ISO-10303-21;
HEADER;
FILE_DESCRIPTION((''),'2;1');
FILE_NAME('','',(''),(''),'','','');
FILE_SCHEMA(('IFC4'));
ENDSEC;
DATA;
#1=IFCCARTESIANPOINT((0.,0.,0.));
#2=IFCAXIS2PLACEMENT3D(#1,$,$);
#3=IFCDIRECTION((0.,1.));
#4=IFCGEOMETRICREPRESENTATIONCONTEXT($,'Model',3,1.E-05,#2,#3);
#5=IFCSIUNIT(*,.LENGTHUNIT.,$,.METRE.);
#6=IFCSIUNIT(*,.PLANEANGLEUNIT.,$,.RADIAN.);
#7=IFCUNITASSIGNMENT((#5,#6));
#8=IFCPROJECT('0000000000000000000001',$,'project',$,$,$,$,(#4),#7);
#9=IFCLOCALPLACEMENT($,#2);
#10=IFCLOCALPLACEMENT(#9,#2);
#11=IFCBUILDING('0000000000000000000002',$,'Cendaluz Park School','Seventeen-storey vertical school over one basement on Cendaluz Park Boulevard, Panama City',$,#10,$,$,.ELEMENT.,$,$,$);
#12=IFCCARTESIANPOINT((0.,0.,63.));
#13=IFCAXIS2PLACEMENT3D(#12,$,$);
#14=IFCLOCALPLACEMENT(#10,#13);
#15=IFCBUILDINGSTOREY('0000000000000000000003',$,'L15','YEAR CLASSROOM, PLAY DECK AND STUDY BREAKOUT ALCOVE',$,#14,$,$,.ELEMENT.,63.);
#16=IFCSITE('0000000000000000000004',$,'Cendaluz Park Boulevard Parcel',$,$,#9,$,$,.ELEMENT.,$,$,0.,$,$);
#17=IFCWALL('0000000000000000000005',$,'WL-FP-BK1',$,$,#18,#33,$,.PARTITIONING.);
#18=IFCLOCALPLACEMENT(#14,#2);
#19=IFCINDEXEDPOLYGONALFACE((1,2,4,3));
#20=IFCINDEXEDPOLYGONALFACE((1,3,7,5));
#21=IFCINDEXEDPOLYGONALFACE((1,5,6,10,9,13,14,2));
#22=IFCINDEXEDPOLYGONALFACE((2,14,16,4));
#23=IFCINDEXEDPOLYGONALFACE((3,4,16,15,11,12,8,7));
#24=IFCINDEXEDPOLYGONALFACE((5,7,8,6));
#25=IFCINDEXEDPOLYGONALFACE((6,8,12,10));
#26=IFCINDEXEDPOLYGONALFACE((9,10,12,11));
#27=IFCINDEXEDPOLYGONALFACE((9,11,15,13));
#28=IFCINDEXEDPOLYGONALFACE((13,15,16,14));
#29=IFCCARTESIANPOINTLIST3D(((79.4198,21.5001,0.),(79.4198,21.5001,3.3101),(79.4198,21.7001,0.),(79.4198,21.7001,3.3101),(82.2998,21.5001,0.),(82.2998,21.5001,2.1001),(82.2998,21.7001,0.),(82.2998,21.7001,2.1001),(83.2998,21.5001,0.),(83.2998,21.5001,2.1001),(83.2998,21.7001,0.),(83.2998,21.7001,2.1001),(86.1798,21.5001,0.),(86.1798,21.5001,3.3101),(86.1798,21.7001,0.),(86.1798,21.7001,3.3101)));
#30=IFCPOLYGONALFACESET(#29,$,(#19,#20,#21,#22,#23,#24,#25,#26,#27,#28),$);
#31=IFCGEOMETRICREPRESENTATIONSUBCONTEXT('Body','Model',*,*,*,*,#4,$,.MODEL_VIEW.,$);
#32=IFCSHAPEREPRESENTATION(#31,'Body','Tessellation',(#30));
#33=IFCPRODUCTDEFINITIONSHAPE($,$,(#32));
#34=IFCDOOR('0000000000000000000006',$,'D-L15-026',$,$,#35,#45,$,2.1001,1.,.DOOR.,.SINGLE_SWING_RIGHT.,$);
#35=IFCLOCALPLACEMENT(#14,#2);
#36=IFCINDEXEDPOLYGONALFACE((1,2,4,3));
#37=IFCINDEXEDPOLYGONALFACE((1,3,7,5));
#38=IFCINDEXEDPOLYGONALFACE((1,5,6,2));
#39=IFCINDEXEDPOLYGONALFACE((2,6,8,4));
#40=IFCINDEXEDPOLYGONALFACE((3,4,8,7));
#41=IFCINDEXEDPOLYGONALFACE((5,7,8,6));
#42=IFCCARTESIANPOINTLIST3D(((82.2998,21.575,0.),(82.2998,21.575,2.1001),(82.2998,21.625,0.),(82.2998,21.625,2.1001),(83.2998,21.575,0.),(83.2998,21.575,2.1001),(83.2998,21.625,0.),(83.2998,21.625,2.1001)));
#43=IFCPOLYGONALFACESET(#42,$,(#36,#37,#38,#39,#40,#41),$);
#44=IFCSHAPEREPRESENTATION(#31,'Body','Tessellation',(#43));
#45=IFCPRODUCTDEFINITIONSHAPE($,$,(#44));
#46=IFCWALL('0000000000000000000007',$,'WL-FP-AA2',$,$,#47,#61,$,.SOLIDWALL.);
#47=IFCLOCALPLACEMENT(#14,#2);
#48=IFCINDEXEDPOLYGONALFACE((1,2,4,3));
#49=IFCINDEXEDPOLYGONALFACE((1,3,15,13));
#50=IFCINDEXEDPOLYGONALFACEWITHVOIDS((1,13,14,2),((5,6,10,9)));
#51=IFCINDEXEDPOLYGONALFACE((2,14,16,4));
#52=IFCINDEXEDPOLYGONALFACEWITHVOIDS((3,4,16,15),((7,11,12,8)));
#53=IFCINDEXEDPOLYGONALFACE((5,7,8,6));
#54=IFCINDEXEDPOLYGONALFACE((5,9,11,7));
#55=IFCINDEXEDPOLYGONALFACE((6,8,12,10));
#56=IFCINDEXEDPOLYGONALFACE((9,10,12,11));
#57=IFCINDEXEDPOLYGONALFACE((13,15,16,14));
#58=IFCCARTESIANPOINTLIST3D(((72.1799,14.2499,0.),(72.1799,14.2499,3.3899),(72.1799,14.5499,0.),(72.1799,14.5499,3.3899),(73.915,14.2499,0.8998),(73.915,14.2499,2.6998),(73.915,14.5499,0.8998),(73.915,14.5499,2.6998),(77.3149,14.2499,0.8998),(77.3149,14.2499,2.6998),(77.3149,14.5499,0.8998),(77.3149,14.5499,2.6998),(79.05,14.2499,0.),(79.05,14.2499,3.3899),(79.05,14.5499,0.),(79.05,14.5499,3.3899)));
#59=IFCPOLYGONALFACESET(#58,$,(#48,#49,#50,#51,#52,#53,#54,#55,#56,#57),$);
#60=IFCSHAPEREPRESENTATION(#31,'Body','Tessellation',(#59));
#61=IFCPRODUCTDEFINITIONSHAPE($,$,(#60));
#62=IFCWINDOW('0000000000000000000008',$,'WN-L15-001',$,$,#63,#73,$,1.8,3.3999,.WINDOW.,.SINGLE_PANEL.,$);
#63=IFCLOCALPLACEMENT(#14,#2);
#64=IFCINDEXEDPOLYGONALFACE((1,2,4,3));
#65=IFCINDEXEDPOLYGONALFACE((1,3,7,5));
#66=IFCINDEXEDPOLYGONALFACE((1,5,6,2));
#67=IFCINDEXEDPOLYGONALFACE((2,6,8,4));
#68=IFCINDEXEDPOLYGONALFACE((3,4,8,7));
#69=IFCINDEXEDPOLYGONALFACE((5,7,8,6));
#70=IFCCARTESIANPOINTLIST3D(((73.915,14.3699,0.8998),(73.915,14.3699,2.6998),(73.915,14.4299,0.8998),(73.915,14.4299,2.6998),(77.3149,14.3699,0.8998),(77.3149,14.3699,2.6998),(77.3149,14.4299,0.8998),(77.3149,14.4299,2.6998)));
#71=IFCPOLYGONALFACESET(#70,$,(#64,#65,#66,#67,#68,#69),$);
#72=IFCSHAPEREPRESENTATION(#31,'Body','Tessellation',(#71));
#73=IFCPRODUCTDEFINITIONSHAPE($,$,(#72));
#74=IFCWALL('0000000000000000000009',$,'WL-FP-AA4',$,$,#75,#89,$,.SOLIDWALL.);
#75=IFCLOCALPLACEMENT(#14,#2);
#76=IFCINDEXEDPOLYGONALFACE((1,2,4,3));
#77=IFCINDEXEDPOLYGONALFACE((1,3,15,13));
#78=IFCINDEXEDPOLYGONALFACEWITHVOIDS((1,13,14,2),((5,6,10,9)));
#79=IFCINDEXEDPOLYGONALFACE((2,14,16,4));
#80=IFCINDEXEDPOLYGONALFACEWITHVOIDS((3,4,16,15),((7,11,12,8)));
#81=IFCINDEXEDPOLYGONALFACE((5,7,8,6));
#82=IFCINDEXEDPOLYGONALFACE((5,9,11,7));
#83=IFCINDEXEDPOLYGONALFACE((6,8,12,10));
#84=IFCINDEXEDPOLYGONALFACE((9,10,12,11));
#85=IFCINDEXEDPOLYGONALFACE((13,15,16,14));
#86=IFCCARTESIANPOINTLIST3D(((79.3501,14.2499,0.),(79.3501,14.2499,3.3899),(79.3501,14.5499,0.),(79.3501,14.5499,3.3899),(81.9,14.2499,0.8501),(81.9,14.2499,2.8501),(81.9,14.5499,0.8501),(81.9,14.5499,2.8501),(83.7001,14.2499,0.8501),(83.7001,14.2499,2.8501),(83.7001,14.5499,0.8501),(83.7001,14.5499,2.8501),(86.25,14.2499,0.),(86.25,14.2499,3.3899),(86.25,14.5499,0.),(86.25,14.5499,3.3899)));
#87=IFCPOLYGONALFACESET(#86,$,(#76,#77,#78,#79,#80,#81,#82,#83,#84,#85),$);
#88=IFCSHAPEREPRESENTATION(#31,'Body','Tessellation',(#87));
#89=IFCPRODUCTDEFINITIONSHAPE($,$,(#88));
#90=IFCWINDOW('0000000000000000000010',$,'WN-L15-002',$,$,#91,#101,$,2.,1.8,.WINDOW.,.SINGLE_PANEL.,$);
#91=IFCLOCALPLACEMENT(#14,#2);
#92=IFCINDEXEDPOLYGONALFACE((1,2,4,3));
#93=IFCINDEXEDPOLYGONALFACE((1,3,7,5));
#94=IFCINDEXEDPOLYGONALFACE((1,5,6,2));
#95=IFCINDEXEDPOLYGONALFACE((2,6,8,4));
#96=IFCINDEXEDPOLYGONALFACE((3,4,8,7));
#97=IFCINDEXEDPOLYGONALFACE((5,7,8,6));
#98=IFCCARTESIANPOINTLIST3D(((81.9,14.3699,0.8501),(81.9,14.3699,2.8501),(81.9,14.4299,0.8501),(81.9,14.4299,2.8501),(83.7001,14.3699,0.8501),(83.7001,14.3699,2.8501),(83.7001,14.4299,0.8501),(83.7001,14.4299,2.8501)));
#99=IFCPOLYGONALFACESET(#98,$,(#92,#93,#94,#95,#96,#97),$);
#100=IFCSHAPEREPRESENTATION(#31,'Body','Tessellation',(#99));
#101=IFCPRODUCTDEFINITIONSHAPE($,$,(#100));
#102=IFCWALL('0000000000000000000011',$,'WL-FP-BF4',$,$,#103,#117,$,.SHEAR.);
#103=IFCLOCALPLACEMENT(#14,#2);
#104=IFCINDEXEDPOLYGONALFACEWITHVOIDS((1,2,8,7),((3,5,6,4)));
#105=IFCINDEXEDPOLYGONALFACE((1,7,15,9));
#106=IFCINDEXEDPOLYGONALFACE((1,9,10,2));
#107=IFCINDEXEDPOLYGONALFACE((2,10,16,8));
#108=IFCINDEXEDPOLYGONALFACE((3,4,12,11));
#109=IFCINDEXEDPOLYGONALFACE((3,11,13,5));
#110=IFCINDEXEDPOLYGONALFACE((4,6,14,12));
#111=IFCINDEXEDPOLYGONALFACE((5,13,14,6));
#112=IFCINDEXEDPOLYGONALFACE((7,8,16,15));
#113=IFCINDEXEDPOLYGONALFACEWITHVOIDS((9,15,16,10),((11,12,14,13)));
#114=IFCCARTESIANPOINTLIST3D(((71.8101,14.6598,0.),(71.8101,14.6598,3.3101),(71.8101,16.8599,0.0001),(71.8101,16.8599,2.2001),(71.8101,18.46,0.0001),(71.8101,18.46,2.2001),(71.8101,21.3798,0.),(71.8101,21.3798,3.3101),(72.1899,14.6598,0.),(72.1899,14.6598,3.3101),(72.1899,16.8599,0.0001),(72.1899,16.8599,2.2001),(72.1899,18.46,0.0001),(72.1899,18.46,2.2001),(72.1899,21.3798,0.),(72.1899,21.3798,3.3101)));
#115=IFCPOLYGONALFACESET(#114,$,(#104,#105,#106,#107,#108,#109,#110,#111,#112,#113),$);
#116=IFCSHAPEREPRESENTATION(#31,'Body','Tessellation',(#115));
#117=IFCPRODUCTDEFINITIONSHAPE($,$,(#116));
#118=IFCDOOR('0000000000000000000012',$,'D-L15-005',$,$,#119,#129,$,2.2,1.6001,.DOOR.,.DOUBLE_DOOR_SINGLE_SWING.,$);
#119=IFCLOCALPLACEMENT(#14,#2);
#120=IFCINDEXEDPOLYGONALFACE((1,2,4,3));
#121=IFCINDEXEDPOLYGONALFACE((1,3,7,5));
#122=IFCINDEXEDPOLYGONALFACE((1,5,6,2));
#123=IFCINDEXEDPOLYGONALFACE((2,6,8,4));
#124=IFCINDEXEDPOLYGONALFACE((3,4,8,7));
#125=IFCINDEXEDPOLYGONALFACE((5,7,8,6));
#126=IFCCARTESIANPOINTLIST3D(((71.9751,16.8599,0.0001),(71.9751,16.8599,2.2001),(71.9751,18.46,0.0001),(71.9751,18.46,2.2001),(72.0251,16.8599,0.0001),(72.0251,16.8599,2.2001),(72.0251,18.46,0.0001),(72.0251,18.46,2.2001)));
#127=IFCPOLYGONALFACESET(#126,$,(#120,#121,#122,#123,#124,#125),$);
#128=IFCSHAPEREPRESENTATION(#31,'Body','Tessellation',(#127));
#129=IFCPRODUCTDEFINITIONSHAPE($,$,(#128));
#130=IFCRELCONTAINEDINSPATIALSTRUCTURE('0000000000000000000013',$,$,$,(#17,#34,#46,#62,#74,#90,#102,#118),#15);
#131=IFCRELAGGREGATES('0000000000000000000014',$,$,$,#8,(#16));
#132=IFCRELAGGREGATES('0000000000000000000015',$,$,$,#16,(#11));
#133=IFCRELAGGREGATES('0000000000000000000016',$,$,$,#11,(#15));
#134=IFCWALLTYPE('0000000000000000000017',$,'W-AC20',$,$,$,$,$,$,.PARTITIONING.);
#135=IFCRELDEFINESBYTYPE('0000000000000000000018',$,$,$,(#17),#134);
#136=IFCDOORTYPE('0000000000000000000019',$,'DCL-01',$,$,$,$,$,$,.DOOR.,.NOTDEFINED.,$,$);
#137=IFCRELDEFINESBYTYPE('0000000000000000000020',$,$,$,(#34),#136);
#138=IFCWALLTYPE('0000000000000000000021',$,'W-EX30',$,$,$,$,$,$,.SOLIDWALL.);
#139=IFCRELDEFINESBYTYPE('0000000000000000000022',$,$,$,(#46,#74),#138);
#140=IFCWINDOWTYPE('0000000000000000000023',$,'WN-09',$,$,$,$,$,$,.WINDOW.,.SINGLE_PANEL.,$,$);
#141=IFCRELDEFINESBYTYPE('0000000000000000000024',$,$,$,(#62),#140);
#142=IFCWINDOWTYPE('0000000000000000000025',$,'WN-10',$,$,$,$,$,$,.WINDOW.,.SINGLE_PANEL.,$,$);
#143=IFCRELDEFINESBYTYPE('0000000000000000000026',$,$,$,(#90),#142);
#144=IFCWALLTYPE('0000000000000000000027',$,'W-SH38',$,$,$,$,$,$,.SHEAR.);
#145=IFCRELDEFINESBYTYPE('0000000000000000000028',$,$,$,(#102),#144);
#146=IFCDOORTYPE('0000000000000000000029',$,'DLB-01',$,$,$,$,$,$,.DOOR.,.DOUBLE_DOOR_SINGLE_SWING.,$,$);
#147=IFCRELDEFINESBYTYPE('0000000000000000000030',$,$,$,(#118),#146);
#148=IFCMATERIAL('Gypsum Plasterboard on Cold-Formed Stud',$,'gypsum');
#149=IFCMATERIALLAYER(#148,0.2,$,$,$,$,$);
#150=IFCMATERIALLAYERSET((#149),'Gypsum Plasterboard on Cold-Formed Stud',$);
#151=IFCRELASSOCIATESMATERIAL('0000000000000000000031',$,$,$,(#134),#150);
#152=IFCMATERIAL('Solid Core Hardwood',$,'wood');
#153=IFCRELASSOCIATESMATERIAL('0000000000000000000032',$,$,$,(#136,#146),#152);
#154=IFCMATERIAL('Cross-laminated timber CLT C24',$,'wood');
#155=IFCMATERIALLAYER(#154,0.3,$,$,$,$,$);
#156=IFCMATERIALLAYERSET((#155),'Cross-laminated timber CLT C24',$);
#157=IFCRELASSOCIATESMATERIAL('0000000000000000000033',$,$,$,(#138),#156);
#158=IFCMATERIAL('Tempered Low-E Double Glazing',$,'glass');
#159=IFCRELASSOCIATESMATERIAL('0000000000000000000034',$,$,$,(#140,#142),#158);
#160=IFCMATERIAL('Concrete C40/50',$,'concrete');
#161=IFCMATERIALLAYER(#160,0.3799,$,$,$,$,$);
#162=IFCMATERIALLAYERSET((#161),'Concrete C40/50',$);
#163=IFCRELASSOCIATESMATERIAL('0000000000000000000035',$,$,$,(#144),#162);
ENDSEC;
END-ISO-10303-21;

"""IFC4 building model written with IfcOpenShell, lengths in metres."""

from ifc_helpers import new_model, si_unit, direction, frame, frame_2d, origin, place, context, subcontext, project, spatial, rectangle, extrude, material, layer, layer_set, type_object, element, fill, save


model = new_model("IFC4")

# Units and contexts
model_context = context("Model", 3, precision=1e-05, world=origin(), true_north=direction((0.0, 1.0)))
body_context = subcontext(model_context, "Body", "Model", "MODEL_VIEW")
ifc_project = project(units=[si_unit("LENGTHUNIT", "METRE"), si_unit("PLANEANGLEUNIT", "RADIAN")], contexts=[model_context])

# Site, building, storey
site_placement = place(None, origin())
site = spatial("IfcSite", under=ifc_project, at=site_placement, Name="Cendaluz Park Boulevard Parcel", CompositionType="ELEMENT", RefElevation=0.0)
building_placement = place(site_placement, origin())
building = spatial("IfcBuilding", under=site, at=building_placement, Name="Cendaluz Park School", Description="Seventeen-storey vertical school over one basement on Cendaluz Park Boulevard, Panama City", CompositionType="ELEMENT")
storey_placement = place(building_placement, frame((0.0, 0.0, 63.0)))
storey = spatial("IfcBuildingStorey", under=building, at=storey_placement, Name="L15", Description="YEAR CLASSROOM, PLAY DECK AND STUDY BREAKOUT ALCOVE", CompositionType="ELEMENT", Elevation=63.0)

# Wall, opening, door
ifc_material_1 = material(Name="Gypsum Plasterboard on Cold-Formed Stud", Category="gypsum")
ifc_layer_1 = layer(ifc_material_1, 0.2)
ifc_layer_set_1 = layer_set([ifc_layer_1], Name="Gypsum Plasterboard on Cold-Formed Stud")
wall_type_1 = type_object("IfcWallType", Name="W-AC20", PredefinedType="PARTITIONING", material=ifc_layer_set_1)
wall_1_placement = place(storey_placement, frame((79.4199, 21.6001, 0.0), z_axis=(0.0, 0.0, 1.0), x_axis=(1.0, 0.0, 0.0)))
wall_1 = element("IfcWall", 1, at=wall_1_placement, inside=storey, type_object=wall_type_1, Name="WL-FP-BK1", PredefinedType="PARTITIONING", context=body_context, shape_type="SweptSolid", body=[
    extrude(rectangle(XDim=6.76, YDim=0.2, at=frame_2d((3.3799, 0.0))), origin(), (0.0, 0.0, 1.0), 3.3101),
])
opening_1_placement = place(wall_1_placement, frame((2.8799, 0.0, 0.0)))
opening_1 = element("IfcOpeningElement", 2, at=opening_1_placement, cuts=wall_1, PredefinedType="OPENING", context=body_context, shape_type="SweptSolid", body=[
    extrude(rectangle(XDim=1.0, YDim=2.1001, at=frame_2d((0.5, 1.05))), frame((0.0, 0.1121, 0.0), z_axis=(0.0, -1.0, 0.0), x_axis=(1.0, 0.0, 0.0)), (0.0, 0.0, 1.0), 0.2239),
])
ifc_material_2 = material(Name="Solid Core Hardwood", Category="wood")
door_type_1 = type_object("IfcDoorType", Name="DCL-01", OperationType="NOTDEFINED", PredefinedType="DOOR", material=ifc_material_2)
door_1_placement = place(opening_1_placement, origin())
door_1 = element("IfcDoor", 3, at=door_1_placement, inside=storey, type_object=door_type_1, Name="D-L15-026", OperationType="SINGLE_SWING_RIGHT", OverallHeight=2.1001, OverallWidth=1.0, PredefinedType="DOOR", context=body_context, shape_type="SweptSolid", body=[
    extrude(rectangle(XDim=1.0, YDim=2.1001, at=frame_2d((0.5, 1.05))), frame((0.0, 0.0249, 0.0), z_axis=(0.0, -1.0, 0.0), x_axis=(1.0, 0.0, 0.0)), (0.0, 0.0, 1.0), 0.05),
])
fill(opening_1, door_1)

# Walls, openings, windows
ifc_material_3 = material(Name="Cross-laminated timber CLT C24", Category="wood")
ifc_layer_2 = layer(ifc_material_3, 0.3)
ifc_layer_set_2 = layer_set([ifc_layer_2], Name="Cross-laminated timber CLT C24")
wall_type_2 = type_object("IfcWallType", Name="W-EX30", PredefinedType="SOLIDWALL", material=ifc_layer_set_2)
wall_2_placement = place(storey_placement, frame((72.1799, 14.3999, 0.0), z_axis=(0.0, 0.0, 1.0), x_axis=(1.0, 0.0, 0.0)))
wall_2 = element("IfcWall", 4, at=wall_2_placement, inside=storey, type_object=wall_type_2, Name="WL-FP-AA2", PredefinedType="SOLIDWALL", context=body_context, shape_type="SweptSolid", body=[
    extrude(rectangle(XDim=6.8701, YDim=0.3, at=frame_2d((3.4351, 0.0))), origin(), (0.0, 0.0, 1.0), 3.3899),
])
opening_2_placement = place(wall_2_placement, frame((1.7351, 0.0, 0.8999)))
opening_2 = element("IfcOpeningElement", 5, at=opening_2_placement, cuts=wall_2, PredefinedType="OPENING", context=body_context, shape_type="SweptSolid", body=[
    extrude(rectangle(XDim=3.3999, YDim=1.8, at=frame_2d((1.7, 0.8999))), frame((0.0, 0.1621, 0.0), z_axis=(0.0, -1.0, 0.0), x_axis=(1.0, 0.0, 0.0)), (0.0, 0.0, 1.0), 0.324),
])
ifc_material_4 = material(Name="Tempered Low-E Double Glazing", Category="glass")
window_type_1 = type_object("IfcWindowType", Name="WN-09", PartitioningType="SINGLE_PANEL", PredefinedType="WINDOW", material=ifc_material_4)
window_1_placement = place(opening_2_placement, origin())
window_1 = element("IfcWindow", 6, at=window_1_placement, inside=storey, type_object=window_type_1, Name="WN-L15-001", OverallHeight=1.8, OverallWidth=3.3999, PartitioningType="SINGLE_PANEL", PredefinedType="WINDOW", context=body_context, shape_type="SweptSolid", body=[
    extrude(rectangle(XDim=3.3999, YDim=1.8, at=frame_2d((1.7, 0.8999))), frame((0.0, 0.03, 0.0), z_axis=(0.0, -1.0, 0.0), x_axis=(1.0, 0.0, 0.0)), (0.0, 0.0, 1.0), 0.0601),
])
fill(opening_2, window_1)
wall_3_placement = place(storey_placement, frame((79.3501, 14.3999, 0.0), z_axis=(0.0, 0.0, 1.0), x_axis=(1.0, 0.0, 0.0)))
wall_3 = element("IfcWall", 7, at=wall_3_placement, inside=storey, type_object=wall_type_2, Name="WL-FP-AA4", PredefinedType="SOLIDWALL", context=body_context, shape_type="SweptSolid", body=[
    extrude(rectangle(XDim=6.8999, YDim=0.3, at=frame_2d((3.45, 0.0))), origin(), (0.0, 0.0, 1.0), 3.3899),
])
opening_3_placement = place(wall_3_placement, frame((2.55, 0.0, 0.8501)))
opening_3 = element("IfcOpeningElement", 8, at=opening_3_placement, cuts=wall_3, PredefinedType="OPENING", context=body_context, shape_type="SweptSolid", body=[
    extrude(rectangle(XDim=1.8, YDim=2.0, at=frame_2d((0.8999, 1.0))), frame((0.0, 0.1621, 0.0), z_axis=(0.0, -1.0, 0.0), x_axis=(1.0, 0.0, 0.0)), (0.0, 0.0, 1.0), 0.324),
])
window_type_2 = type_object("IfcWindowType", Name="WN-10", PartitioningType="SINGLE_PANEL", PredefinedType="WINDOW", material=ifc_material_4)
window_2_placement = place(opening_3_placement, origin())
window_2 = element("IfcWindow", 9, at=window_2_placement, inside=storey, type_object=window_type_2, Name="WN-L15-002", OverallHeight=2.0, OverallWidth=1.8, PartitioningType="SINGLE_PANEL", PredefinedType="WINDOW", context=body_context, shape_type="SweptSolid", body=[
    extrude(rectangle(XDim=1.8, YDim=2.0, at=frame_2d((0.8999, 1.0))), frame((0.0, 0.03, 0.0), z_axis=(0.0, -1.0, 0.0), x_axis=(1.0, 0.0, 0.0)), (0.0, 0.0, 1.0), 0.0601),
])
fill(opening_3, window_2)

# Wall, opening, door
ifc_material_5 = material(Name="Concrete C40/50", Category="concrete")
ifc_layer_3 = layer(ifc_material_5, 0.3799)
ifc_layer_set_3 = layer_set([ifc_layer_3], Name="Concrete C40/50")
wall_type_3 = type_object("IfcWallType", Name="W-SH38", PredefinedType="SHEAR", material=ifc_layer_set_3)
wall_4_placement = place(storey_placement, frame((72.0, 14.6599, 0.0), z_axis=(0.0, 0.0, 1.0), x_axis=(0.0, 1.0, 0.0)))
wall_4 = element("IfcWall", 10, at=wall_4_placement, inside=storey, type_object=wall_type_3, Name="WL-FP-BF4", PredefinedType="SHEAR", context=body_context, shape_type="SweptSolid", body=[
    extrude(rectangle(XDim=6.72, YDim=0.3799, at=frame_2d((3.3599, 0.0))), origin(), (0.0, 0.0, 1.0), 3.3101),
])
opening_4_placement = place(wall_4_placement, frame((2.2, 0.0, 0.0)))
opening_4 = element("IfcOpeningElement", 11, at=opening_4_placement, cuts=wall_4, PredefinedType="OPENING", context=body_context, shape_type="SweptSolid", body=[
    extrude(rectangle(XDim=1.6001, YDim=2.2, at=frame_2d((0.8, 1.1001))), frame((0.0, 0.2019, 0.0), z_axis=(0.0, -1.0, 0.0), x_axis=(1.0, 0.0, 0.0)), (0.0, 0.0, 1.0), 0.4038),
])
door_type_2 = type_object("IfcDoorType", Name="DLB-01", OperationType="DOUBLE_DOOR_SINGLE_SWING", PredefinedType="DOOR", material=ifc_material_2)
door_2_placement = place(opening_4_placement, origin())
door_2 = element("IfcDoor", 12, at=door_2_placement, inside=storey, type_object=door_type_2, Name="D-L15-005", OperationType="DOUBLE_DOOR_SINGLE_SWING", OverallHeight=2.2, OverallWidth=1.6001, PredefinedType="DOOR", context=body_context, shape_type="SweptSolid", body=[
    extrude(rectangle(XDim=1.6001, YDim=2.2, at=frame_2d((0.8, 1.1001))), frame((0.0, 0.0249, 0.0), z_axis=(0.0, -1.0, 0.0), x_axis=(1.0, 0.0, 0.0)), (0.0, 0.0, 1.0), 0.05),
])
fill(opening_4, door_2)

save(model, "model.ifc")
